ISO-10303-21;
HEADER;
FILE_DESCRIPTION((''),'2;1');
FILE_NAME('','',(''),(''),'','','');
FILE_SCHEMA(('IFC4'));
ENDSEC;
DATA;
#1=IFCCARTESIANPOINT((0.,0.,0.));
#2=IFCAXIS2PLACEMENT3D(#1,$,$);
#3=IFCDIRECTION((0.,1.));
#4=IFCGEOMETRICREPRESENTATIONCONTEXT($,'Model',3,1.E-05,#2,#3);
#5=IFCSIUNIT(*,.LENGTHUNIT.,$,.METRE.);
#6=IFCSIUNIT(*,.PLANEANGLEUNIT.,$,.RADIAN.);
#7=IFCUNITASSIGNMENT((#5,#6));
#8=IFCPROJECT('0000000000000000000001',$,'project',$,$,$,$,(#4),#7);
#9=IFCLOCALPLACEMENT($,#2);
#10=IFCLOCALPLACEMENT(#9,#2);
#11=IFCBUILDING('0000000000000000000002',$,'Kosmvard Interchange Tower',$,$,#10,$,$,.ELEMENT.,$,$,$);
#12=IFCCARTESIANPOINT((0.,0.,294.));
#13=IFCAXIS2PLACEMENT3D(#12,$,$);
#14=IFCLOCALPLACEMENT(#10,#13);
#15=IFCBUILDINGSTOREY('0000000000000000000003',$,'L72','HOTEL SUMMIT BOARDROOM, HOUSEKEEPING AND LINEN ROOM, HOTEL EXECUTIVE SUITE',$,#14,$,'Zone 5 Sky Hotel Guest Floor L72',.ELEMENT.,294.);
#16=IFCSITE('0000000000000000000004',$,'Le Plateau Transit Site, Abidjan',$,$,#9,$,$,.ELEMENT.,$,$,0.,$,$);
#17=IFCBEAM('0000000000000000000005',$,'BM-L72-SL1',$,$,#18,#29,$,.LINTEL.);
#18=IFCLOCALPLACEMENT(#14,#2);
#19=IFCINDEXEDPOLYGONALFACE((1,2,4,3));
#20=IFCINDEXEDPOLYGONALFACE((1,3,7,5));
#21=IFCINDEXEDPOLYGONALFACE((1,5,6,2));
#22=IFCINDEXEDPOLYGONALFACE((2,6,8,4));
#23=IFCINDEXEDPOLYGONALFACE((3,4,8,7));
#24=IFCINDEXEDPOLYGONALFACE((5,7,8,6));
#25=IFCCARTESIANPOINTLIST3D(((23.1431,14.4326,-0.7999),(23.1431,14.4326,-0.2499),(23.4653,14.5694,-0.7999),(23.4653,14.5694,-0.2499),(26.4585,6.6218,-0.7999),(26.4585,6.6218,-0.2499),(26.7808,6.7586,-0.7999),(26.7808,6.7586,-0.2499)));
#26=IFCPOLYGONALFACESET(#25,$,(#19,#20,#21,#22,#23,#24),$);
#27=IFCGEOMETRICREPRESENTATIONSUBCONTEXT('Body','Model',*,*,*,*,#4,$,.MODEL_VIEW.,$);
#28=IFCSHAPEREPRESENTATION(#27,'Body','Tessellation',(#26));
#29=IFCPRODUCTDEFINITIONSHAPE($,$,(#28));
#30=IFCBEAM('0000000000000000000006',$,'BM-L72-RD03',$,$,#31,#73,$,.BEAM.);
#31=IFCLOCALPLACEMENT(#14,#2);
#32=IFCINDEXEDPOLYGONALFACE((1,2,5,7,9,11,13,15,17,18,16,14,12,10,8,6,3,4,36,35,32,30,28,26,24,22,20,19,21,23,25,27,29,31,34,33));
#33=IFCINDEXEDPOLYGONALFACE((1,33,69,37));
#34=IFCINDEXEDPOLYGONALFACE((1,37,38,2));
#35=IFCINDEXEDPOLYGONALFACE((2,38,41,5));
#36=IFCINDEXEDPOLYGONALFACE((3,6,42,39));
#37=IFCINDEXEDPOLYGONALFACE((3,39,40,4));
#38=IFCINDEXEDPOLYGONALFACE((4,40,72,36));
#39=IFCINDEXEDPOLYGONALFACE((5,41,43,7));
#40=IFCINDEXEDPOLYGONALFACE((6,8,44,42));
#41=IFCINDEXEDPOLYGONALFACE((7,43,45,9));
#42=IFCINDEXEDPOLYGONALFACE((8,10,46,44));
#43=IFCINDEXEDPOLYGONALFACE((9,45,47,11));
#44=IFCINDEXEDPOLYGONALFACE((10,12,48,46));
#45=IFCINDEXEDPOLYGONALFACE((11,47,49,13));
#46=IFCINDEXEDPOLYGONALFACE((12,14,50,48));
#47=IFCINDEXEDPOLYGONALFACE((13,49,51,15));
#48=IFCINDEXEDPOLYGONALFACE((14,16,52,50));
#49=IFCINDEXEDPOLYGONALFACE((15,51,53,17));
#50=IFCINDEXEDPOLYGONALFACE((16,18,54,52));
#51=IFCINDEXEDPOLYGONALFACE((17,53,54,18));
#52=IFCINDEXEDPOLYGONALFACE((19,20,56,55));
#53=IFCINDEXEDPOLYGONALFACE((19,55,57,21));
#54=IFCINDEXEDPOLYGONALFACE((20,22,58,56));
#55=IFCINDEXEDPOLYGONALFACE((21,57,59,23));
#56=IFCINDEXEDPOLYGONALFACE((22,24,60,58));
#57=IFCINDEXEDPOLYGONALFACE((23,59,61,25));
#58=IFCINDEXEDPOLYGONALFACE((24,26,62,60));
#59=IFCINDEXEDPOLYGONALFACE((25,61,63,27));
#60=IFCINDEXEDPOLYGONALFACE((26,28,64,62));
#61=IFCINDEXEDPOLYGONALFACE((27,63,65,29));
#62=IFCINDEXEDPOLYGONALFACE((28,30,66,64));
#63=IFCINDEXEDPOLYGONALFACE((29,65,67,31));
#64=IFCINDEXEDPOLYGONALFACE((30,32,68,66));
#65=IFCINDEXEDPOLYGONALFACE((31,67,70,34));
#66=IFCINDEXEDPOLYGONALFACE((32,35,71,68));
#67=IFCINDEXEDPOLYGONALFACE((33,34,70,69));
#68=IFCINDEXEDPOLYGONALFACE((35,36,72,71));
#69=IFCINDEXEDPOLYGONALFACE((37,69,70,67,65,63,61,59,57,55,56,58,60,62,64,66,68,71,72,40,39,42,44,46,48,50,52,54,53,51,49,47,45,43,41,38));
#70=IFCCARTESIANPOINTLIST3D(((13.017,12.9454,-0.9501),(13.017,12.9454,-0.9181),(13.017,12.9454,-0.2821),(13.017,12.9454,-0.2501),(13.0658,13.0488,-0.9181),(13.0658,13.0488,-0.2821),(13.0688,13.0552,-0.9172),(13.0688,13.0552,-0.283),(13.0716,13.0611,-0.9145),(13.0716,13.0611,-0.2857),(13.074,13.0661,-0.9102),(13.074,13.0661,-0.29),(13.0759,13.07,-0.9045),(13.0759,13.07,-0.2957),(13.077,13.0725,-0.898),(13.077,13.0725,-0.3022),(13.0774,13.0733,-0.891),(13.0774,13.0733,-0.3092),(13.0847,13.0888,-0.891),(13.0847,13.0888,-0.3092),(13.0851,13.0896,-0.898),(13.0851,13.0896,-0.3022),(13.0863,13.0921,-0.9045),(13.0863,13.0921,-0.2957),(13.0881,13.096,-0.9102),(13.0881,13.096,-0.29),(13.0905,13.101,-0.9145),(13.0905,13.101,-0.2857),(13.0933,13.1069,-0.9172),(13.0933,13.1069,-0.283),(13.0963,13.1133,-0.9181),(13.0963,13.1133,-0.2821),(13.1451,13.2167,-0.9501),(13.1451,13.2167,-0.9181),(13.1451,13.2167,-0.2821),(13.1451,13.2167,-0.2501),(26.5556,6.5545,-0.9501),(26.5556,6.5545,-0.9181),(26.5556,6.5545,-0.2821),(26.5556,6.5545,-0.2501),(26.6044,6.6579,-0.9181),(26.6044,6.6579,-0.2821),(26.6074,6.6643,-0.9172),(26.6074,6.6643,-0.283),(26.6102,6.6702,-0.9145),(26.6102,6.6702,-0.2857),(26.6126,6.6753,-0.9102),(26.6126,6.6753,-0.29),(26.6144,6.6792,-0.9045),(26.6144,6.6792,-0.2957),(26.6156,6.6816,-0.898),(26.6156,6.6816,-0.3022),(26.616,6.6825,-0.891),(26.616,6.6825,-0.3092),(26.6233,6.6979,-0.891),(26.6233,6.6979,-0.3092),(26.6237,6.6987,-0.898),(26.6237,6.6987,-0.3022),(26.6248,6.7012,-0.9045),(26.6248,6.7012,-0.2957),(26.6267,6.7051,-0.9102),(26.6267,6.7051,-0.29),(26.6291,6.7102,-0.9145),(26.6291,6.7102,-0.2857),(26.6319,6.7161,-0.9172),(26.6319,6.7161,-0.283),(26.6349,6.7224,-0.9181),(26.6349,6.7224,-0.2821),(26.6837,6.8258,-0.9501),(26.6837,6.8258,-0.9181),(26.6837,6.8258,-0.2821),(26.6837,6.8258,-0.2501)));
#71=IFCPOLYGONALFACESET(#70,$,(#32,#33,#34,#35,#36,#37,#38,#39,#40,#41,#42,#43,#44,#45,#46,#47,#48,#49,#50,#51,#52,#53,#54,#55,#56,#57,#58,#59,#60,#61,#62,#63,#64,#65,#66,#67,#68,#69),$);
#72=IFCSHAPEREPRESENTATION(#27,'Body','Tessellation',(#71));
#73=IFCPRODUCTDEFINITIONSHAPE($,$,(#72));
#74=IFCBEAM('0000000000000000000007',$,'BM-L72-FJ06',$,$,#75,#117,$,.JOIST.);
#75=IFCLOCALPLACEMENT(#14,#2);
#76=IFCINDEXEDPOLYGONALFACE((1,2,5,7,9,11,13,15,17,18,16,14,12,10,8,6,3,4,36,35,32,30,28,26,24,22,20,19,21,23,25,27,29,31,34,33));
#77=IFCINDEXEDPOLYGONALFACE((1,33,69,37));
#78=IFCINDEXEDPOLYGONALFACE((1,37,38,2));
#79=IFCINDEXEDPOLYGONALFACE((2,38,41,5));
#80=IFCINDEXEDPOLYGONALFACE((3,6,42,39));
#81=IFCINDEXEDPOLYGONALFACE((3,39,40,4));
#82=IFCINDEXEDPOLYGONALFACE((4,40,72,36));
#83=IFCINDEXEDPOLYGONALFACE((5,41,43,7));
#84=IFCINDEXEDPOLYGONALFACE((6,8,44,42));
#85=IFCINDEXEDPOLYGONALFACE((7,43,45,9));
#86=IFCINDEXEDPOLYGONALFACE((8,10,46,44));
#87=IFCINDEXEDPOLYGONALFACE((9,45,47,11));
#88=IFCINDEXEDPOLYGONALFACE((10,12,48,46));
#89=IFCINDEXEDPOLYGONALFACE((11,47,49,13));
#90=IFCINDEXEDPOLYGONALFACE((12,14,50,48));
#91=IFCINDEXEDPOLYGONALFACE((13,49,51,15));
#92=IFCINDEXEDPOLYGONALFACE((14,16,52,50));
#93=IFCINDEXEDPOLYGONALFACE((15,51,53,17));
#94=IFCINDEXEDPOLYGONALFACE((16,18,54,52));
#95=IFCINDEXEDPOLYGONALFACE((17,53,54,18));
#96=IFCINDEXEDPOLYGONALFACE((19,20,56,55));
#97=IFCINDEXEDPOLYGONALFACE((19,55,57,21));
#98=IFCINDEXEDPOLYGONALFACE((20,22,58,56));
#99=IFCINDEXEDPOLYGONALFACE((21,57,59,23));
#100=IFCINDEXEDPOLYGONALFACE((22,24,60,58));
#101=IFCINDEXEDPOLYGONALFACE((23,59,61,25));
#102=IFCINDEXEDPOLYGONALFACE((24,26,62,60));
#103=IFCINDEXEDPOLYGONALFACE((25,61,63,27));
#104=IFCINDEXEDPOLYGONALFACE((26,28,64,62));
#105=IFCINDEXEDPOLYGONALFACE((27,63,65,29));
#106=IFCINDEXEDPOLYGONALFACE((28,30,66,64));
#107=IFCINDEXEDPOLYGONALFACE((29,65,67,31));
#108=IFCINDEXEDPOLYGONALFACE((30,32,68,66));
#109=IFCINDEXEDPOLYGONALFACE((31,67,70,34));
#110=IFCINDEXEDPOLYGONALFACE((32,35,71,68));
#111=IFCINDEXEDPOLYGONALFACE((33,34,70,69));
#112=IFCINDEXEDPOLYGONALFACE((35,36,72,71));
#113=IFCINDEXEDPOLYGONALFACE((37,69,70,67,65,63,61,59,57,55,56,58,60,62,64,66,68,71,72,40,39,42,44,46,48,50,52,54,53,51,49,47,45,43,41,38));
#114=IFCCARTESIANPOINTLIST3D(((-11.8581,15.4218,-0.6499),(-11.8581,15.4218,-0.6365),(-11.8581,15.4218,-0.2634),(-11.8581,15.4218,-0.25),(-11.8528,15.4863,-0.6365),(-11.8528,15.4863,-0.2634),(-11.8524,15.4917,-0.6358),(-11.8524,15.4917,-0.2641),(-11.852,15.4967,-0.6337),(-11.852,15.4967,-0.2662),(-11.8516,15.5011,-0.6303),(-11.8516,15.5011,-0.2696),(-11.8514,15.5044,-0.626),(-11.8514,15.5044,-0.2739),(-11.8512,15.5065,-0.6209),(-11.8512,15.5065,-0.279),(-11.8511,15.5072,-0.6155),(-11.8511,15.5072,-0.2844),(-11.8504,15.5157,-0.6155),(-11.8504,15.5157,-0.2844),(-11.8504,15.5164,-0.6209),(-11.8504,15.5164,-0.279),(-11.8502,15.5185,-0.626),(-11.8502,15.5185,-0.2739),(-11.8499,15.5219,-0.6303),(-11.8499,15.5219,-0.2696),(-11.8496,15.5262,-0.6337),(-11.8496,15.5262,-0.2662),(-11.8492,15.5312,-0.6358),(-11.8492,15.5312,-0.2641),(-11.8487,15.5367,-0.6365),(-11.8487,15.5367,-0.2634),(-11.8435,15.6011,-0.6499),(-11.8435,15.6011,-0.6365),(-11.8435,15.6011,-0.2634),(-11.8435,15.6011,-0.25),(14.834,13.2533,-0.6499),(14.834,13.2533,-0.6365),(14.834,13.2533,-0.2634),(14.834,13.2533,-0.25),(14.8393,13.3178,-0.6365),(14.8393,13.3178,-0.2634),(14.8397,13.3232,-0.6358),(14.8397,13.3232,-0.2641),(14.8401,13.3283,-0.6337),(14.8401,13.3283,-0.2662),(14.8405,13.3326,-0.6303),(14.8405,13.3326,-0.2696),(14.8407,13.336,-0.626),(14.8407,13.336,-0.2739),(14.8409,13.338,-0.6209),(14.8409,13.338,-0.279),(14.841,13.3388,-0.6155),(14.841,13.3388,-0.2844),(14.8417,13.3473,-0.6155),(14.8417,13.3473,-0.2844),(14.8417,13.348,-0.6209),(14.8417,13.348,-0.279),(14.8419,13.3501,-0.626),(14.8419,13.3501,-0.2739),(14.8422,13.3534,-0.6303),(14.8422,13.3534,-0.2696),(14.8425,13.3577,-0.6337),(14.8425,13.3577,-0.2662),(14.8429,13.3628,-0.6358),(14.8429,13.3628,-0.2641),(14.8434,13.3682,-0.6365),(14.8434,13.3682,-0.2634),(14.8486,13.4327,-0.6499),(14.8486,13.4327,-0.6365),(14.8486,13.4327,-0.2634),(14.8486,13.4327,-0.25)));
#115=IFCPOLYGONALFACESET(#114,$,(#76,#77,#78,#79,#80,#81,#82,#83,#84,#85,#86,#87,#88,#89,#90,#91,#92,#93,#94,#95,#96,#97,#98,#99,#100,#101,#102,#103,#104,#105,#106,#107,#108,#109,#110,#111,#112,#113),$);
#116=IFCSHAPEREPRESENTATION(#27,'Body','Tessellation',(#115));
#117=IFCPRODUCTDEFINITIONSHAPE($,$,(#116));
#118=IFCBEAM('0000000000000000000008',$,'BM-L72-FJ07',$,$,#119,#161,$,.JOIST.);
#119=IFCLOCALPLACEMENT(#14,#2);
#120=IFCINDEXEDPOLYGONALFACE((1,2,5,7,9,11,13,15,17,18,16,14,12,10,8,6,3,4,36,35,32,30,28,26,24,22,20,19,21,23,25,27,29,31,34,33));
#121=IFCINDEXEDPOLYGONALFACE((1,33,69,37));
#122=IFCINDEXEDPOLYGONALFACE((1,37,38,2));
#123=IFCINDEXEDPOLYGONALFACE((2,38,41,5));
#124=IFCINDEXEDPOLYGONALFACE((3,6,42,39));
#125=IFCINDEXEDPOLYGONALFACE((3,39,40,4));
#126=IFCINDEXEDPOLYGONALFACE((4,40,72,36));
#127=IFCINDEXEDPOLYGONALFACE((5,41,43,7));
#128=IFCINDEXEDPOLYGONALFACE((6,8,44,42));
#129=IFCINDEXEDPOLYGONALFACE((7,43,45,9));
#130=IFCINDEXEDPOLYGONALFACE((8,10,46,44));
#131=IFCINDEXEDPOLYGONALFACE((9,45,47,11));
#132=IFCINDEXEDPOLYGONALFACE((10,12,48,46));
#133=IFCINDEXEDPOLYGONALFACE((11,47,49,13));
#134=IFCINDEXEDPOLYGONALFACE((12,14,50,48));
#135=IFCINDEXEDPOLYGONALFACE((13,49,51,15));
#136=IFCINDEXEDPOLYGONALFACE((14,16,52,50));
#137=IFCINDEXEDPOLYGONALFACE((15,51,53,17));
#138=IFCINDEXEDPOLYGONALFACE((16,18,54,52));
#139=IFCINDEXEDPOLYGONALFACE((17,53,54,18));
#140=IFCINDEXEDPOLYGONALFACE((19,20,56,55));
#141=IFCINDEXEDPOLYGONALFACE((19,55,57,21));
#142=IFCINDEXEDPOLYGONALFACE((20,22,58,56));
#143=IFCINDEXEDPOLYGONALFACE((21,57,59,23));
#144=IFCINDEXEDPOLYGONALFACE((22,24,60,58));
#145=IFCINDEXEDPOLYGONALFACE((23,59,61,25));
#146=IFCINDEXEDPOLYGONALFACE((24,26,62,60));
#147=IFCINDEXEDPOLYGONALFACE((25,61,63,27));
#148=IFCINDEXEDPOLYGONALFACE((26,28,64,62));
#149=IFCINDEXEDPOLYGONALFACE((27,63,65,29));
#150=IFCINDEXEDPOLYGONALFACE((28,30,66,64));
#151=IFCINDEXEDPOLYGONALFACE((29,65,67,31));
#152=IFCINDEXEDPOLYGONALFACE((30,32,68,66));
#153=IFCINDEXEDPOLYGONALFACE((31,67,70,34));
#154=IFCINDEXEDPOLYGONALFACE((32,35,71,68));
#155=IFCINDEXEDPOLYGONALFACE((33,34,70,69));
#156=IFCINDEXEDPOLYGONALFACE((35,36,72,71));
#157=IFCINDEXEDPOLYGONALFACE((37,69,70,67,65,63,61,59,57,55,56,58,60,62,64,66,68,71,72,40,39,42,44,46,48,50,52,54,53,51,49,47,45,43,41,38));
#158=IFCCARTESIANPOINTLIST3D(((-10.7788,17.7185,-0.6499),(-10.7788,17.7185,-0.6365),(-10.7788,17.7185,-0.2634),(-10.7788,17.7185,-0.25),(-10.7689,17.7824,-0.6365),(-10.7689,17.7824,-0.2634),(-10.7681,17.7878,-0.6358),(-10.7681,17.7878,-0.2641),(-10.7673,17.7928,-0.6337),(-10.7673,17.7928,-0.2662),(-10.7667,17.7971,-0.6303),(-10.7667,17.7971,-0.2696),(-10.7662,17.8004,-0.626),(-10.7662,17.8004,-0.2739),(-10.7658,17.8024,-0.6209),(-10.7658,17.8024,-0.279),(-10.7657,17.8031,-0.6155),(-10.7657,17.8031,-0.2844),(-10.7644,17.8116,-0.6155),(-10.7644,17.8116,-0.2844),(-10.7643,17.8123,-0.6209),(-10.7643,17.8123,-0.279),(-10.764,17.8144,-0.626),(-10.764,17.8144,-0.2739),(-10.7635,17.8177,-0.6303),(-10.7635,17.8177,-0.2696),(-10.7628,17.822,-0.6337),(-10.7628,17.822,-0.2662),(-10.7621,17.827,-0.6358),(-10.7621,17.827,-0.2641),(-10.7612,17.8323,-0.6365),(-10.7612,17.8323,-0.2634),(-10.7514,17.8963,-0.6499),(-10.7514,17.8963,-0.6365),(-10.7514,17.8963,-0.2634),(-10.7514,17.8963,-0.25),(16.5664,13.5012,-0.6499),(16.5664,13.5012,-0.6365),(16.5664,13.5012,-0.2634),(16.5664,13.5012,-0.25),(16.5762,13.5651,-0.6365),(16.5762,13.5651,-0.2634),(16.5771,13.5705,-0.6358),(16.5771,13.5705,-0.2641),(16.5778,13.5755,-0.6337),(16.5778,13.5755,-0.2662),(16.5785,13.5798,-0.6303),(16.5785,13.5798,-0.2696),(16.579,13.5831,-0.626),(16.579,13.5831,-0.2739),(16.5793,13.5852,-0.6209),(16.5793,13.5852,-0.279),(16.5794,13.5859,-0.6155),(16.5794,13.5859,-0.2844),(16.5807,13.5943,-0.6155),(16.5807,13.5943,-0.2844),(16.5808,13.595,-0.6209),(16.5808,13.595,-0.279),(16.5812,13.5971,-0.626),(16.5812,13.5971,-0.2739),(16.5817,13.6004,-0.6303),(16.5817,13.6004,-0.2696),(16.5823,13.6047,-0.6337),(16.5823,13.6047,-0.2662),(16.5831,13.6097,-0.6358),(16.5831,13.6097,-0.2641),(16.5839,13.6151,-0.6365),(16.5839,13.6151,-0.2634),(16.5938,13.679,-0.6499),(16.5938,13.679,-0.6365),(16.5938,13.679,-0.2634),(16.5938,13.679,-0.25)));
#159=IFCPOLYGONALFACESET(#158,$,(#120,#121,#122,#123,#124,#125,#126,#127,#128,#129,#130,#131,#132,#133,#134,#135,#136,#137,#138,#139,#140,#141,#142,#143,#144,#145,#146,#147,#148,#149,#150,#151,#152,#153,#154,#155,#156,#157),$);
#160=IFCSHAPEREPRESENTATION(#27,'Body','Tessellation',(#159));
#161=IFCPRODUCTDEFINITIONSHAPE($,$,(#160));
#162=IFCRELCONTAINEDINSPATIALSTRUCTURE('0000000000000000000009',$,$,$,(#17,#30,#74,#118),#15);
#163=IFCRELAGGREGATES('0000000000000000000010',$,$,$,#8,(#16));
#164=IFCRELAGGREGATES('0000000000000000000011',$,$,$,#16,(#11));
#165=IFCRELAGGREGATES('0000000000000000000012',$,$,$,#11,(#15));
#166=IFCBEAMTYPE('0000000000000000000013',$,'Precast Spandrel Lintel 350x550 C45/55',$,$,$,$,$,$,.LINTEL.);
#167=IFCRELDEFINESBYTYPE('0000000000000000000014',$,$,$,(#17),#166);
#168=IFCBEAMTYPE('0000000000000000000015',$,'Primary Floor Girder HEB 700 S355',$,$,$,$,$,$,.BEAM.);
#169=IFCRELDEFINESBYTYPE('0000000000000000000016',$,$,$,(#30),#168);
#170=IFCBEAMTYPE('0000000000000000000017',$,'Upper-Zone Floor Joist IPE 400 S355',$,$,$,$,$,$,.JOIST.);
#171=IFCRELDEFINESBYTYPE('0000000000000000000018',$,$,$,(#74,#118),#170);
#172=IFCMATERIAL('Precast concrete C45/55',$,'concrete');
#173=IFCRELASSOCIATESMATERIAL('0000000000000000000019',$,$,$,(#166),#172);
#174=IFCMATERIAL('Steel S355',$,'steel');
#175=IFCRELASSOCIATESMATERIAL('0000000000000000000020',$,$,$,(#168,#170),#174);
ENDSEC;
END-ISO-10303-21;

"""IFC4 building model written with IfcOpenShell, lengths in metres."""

from ifc_helpers import new_model, si_unit, direction, frame, origin, origin_2d, place, context, subcontext, project, spatial, rectangle, i_section, extrude, source, transform, mapped, material, material_profile, profile_set, type_object, element, save


model = new_model("IFC4")

# Units and contexts
model_context = context("Model", 3, precision=1e-05, world=origin(), true_north=direction((0.0, 1.0)))
body_context = subcontext(model_context, "Body", "Model", "MODEL_VIEW")
ifc_project = project(units=[si_unit("LENGTHUNIT", "METRE"), si_unit("PLANEANGLEUNIT", "RADIAN")], contexts=[model_context])

# Site, building, storey
site_placement = place(None, origin())
site = spatial("IfcSite", under=ifc_project, at=site_placement, Name="Le Plateau Transit Site, Abidjan", CompositionType="ELEMENT", RefElevation=0.0)
building_placement = place(site_placement, origin())
building = spatial("IfcBuilding", under=site, at=building_placement, Name="Kosmvard Interchange Tower", CompositionType="ELEMENT")
storey_placement = place(building_placement, frame((0.0, 0.0, 294.0)))
storey = spatial("IfcBuildingStorey", under=building, at=storey_placement, Name="L72", Description="HOTEL SUMMIT BOARDROOM, HOUSEKEEPING AND LINEN ROOM, HOTEL EXECUTIVE SUITE", LongName="Zone 5 Sky Hotel Guest Floor L72", CompositionType="ELEMENT", Elevation=294.0)

# Beams
ifc_material_1 = material(Name="Steel S355", Category="steel")
ifc_material_2 = material(Name="Precast concrete C45/55", Category="concrete")
ifc_material_profile_1 = material_profile(ifc_material_2, rectangle(XDim=0.3501, YDim=0.55, at=origin_2d()), Name="SL 350x550")
ifc_profile_set_1 = profile_set([ifc_material_profile_1], Name="Precast concrete C45/55")
beam_type_1 = type_object("IfcBeamType", Name="Precast Spandrel Lintel 350x550 C45/55", PredefinedType="LINTEL", material=ifc_profile_set_1)
shared_shape_1 = source(origin(), body_context, "Body", "SweptSolid", [
    extrude(rectangle(XDim=0.3501, YDim=0.55, at=origin_2d()), origin(), (0.0, 0.0, 1.0), 8.4854),
])
beam_1_placement = place(storey_placement, frame((26.6196, 6.6902, -0.5249), z_axis=(-0.390726, 0.920507, 0.0), x_axis=(-0.920507, -0.390726, 0.0)))
element("IfcBeam", 1, at=beam_1_placement, inside=storey, type_object=beam_type_1, Name="BM-L72-SL1", PredefinedType="LINTEL", context=body_context, shape_type="MappedRepresentation", body=[
    mapped(shared_shape_1, transform((0.0, 0.0, 0.0), scale=1.0)),
])
ifc_material_profile_2 = material_profile(ifc_material_1, i_section(OverallWidth=0.3, OverallDepth=0.7, WebThickness=0.0171, FlangeThickness=0.032, FilletRadius=0.0271, at=origin_2d()), Name="HEB 700")
ifc_profile_set_2 = profile_set([ifc_material_profile_2], Name="Steel S355")
beam_type_2 = type_object("IfcBeamType", Name="Primary Floor Girder HEB 700 S355", PredefinedType="BEAM", material=ifc_profile_set_2)
shared_shape_2 = source(origin(), body_context, "Body", "SweptSolid", [
    extrude(i_section(OverallWidth=0.3, OverallDepth=0.7, WebThickness=0.0171, FlangeThickness=0.032, FilletRadius=0.0271, at=origin_2d()), origin(), (0.0, 0.0, 1.0), 14.9712),
])
beam_2_placement = place(storey_placement, frame((13.0811, 13.0811, -0.6001), z_axis=(0.904309, -0.426878, 0.0), x_axis=(0.426878, 0.904309, 0.0)))
element("IfcBeam", 2, at=beam_2_placement, inside=storey, type_object=beam_type_2, Name="BM-L72-RD03", PredefinedType="BEAM", context=body_context, shape_type="MappedRepresentation", body=[
    mapped(shared_shape_2, transform((0.0, 0.0, 0.0), scale=1.0)),
])
ifc_material_profile_3 = material_profile(ifc_material_1, i_section(OverallWidth=0.1799, OverallDepth=0.3999, WebThickness=0.0085, FlangeThickness=0.0134, FilletRadius=0.021, at=origin_2d()), Name="IPE 400")
ifc_profile_set_3 = profile_set([ifc_material_profile_3], Name="Steel S355")
beam_type_3 = type_object("IfcBeamType", Name="Upper-Zone Floor Joist IPE 400 S355", PredefinedType="JOIST", material=ifc_profile_set_3)
shared_shape_3 = source(origin(), body_context, "Body", "SweptSolid", [
    extrude(i_section(OverallWidth=0.1799, OverallDepth=0.3999, WebThickness=0.0085, FlangeThickness=0.0134, FilletRadius=0.021, at=origin_2d()), origin(), (0.0, 0.0, 1.0), 26.78),
])
beam_3_placement = place(storey_placement, frame((14.8413, 13.343, -0.45), z_axis=(-0.996716, 0.080973, 0.0), x_axis=(-0.080973, -0.996716, 0.0)))
element("IfcBeam", 3, at=beam_3_placement, inside=storey, type_object=beam_type_3, Name="BM-L72-FJ06", PredefinedType="JOIST", context=body_context, shape_type="MappedRepresentation", body=[
    mapped(shared_shape_3, transform((0.0, 0.0, 0.0), scale=1.0)),
])
shared_shape_4 = source(origin(), body_context, "Body", "SweptSolid", [
    extrude(i_section(OverallWidth=0.1799, OverallDepth=0.3999, WebThickness=0.0085, FlangeThickness=0.0134, FilletRadius=0.021, at=origin_2d()), origin(), (0.0, 0.0, 1.0), 27.6685),
])
beam_4_placement = place(storey_placement, frame((16.5801, 13.5901, -0.45), z_axis=(-0.988316, 0.152422, 0.0), x_axis=(-0.152422, -0.988316, 0.0)))
element("IfcBeam", 4, at=beam_4_placement, inside=storey, type_object=beam_type_3, Name="BM-L72-FJ07", PredefinedType="JOIST", context=body_context, shape_type="MappedRepresentation", body=[
    mapped(shared_shape_4, transform((0.0, 0.0, 0.0), scale=1.0)),
])

save(model, "model.ifc")
